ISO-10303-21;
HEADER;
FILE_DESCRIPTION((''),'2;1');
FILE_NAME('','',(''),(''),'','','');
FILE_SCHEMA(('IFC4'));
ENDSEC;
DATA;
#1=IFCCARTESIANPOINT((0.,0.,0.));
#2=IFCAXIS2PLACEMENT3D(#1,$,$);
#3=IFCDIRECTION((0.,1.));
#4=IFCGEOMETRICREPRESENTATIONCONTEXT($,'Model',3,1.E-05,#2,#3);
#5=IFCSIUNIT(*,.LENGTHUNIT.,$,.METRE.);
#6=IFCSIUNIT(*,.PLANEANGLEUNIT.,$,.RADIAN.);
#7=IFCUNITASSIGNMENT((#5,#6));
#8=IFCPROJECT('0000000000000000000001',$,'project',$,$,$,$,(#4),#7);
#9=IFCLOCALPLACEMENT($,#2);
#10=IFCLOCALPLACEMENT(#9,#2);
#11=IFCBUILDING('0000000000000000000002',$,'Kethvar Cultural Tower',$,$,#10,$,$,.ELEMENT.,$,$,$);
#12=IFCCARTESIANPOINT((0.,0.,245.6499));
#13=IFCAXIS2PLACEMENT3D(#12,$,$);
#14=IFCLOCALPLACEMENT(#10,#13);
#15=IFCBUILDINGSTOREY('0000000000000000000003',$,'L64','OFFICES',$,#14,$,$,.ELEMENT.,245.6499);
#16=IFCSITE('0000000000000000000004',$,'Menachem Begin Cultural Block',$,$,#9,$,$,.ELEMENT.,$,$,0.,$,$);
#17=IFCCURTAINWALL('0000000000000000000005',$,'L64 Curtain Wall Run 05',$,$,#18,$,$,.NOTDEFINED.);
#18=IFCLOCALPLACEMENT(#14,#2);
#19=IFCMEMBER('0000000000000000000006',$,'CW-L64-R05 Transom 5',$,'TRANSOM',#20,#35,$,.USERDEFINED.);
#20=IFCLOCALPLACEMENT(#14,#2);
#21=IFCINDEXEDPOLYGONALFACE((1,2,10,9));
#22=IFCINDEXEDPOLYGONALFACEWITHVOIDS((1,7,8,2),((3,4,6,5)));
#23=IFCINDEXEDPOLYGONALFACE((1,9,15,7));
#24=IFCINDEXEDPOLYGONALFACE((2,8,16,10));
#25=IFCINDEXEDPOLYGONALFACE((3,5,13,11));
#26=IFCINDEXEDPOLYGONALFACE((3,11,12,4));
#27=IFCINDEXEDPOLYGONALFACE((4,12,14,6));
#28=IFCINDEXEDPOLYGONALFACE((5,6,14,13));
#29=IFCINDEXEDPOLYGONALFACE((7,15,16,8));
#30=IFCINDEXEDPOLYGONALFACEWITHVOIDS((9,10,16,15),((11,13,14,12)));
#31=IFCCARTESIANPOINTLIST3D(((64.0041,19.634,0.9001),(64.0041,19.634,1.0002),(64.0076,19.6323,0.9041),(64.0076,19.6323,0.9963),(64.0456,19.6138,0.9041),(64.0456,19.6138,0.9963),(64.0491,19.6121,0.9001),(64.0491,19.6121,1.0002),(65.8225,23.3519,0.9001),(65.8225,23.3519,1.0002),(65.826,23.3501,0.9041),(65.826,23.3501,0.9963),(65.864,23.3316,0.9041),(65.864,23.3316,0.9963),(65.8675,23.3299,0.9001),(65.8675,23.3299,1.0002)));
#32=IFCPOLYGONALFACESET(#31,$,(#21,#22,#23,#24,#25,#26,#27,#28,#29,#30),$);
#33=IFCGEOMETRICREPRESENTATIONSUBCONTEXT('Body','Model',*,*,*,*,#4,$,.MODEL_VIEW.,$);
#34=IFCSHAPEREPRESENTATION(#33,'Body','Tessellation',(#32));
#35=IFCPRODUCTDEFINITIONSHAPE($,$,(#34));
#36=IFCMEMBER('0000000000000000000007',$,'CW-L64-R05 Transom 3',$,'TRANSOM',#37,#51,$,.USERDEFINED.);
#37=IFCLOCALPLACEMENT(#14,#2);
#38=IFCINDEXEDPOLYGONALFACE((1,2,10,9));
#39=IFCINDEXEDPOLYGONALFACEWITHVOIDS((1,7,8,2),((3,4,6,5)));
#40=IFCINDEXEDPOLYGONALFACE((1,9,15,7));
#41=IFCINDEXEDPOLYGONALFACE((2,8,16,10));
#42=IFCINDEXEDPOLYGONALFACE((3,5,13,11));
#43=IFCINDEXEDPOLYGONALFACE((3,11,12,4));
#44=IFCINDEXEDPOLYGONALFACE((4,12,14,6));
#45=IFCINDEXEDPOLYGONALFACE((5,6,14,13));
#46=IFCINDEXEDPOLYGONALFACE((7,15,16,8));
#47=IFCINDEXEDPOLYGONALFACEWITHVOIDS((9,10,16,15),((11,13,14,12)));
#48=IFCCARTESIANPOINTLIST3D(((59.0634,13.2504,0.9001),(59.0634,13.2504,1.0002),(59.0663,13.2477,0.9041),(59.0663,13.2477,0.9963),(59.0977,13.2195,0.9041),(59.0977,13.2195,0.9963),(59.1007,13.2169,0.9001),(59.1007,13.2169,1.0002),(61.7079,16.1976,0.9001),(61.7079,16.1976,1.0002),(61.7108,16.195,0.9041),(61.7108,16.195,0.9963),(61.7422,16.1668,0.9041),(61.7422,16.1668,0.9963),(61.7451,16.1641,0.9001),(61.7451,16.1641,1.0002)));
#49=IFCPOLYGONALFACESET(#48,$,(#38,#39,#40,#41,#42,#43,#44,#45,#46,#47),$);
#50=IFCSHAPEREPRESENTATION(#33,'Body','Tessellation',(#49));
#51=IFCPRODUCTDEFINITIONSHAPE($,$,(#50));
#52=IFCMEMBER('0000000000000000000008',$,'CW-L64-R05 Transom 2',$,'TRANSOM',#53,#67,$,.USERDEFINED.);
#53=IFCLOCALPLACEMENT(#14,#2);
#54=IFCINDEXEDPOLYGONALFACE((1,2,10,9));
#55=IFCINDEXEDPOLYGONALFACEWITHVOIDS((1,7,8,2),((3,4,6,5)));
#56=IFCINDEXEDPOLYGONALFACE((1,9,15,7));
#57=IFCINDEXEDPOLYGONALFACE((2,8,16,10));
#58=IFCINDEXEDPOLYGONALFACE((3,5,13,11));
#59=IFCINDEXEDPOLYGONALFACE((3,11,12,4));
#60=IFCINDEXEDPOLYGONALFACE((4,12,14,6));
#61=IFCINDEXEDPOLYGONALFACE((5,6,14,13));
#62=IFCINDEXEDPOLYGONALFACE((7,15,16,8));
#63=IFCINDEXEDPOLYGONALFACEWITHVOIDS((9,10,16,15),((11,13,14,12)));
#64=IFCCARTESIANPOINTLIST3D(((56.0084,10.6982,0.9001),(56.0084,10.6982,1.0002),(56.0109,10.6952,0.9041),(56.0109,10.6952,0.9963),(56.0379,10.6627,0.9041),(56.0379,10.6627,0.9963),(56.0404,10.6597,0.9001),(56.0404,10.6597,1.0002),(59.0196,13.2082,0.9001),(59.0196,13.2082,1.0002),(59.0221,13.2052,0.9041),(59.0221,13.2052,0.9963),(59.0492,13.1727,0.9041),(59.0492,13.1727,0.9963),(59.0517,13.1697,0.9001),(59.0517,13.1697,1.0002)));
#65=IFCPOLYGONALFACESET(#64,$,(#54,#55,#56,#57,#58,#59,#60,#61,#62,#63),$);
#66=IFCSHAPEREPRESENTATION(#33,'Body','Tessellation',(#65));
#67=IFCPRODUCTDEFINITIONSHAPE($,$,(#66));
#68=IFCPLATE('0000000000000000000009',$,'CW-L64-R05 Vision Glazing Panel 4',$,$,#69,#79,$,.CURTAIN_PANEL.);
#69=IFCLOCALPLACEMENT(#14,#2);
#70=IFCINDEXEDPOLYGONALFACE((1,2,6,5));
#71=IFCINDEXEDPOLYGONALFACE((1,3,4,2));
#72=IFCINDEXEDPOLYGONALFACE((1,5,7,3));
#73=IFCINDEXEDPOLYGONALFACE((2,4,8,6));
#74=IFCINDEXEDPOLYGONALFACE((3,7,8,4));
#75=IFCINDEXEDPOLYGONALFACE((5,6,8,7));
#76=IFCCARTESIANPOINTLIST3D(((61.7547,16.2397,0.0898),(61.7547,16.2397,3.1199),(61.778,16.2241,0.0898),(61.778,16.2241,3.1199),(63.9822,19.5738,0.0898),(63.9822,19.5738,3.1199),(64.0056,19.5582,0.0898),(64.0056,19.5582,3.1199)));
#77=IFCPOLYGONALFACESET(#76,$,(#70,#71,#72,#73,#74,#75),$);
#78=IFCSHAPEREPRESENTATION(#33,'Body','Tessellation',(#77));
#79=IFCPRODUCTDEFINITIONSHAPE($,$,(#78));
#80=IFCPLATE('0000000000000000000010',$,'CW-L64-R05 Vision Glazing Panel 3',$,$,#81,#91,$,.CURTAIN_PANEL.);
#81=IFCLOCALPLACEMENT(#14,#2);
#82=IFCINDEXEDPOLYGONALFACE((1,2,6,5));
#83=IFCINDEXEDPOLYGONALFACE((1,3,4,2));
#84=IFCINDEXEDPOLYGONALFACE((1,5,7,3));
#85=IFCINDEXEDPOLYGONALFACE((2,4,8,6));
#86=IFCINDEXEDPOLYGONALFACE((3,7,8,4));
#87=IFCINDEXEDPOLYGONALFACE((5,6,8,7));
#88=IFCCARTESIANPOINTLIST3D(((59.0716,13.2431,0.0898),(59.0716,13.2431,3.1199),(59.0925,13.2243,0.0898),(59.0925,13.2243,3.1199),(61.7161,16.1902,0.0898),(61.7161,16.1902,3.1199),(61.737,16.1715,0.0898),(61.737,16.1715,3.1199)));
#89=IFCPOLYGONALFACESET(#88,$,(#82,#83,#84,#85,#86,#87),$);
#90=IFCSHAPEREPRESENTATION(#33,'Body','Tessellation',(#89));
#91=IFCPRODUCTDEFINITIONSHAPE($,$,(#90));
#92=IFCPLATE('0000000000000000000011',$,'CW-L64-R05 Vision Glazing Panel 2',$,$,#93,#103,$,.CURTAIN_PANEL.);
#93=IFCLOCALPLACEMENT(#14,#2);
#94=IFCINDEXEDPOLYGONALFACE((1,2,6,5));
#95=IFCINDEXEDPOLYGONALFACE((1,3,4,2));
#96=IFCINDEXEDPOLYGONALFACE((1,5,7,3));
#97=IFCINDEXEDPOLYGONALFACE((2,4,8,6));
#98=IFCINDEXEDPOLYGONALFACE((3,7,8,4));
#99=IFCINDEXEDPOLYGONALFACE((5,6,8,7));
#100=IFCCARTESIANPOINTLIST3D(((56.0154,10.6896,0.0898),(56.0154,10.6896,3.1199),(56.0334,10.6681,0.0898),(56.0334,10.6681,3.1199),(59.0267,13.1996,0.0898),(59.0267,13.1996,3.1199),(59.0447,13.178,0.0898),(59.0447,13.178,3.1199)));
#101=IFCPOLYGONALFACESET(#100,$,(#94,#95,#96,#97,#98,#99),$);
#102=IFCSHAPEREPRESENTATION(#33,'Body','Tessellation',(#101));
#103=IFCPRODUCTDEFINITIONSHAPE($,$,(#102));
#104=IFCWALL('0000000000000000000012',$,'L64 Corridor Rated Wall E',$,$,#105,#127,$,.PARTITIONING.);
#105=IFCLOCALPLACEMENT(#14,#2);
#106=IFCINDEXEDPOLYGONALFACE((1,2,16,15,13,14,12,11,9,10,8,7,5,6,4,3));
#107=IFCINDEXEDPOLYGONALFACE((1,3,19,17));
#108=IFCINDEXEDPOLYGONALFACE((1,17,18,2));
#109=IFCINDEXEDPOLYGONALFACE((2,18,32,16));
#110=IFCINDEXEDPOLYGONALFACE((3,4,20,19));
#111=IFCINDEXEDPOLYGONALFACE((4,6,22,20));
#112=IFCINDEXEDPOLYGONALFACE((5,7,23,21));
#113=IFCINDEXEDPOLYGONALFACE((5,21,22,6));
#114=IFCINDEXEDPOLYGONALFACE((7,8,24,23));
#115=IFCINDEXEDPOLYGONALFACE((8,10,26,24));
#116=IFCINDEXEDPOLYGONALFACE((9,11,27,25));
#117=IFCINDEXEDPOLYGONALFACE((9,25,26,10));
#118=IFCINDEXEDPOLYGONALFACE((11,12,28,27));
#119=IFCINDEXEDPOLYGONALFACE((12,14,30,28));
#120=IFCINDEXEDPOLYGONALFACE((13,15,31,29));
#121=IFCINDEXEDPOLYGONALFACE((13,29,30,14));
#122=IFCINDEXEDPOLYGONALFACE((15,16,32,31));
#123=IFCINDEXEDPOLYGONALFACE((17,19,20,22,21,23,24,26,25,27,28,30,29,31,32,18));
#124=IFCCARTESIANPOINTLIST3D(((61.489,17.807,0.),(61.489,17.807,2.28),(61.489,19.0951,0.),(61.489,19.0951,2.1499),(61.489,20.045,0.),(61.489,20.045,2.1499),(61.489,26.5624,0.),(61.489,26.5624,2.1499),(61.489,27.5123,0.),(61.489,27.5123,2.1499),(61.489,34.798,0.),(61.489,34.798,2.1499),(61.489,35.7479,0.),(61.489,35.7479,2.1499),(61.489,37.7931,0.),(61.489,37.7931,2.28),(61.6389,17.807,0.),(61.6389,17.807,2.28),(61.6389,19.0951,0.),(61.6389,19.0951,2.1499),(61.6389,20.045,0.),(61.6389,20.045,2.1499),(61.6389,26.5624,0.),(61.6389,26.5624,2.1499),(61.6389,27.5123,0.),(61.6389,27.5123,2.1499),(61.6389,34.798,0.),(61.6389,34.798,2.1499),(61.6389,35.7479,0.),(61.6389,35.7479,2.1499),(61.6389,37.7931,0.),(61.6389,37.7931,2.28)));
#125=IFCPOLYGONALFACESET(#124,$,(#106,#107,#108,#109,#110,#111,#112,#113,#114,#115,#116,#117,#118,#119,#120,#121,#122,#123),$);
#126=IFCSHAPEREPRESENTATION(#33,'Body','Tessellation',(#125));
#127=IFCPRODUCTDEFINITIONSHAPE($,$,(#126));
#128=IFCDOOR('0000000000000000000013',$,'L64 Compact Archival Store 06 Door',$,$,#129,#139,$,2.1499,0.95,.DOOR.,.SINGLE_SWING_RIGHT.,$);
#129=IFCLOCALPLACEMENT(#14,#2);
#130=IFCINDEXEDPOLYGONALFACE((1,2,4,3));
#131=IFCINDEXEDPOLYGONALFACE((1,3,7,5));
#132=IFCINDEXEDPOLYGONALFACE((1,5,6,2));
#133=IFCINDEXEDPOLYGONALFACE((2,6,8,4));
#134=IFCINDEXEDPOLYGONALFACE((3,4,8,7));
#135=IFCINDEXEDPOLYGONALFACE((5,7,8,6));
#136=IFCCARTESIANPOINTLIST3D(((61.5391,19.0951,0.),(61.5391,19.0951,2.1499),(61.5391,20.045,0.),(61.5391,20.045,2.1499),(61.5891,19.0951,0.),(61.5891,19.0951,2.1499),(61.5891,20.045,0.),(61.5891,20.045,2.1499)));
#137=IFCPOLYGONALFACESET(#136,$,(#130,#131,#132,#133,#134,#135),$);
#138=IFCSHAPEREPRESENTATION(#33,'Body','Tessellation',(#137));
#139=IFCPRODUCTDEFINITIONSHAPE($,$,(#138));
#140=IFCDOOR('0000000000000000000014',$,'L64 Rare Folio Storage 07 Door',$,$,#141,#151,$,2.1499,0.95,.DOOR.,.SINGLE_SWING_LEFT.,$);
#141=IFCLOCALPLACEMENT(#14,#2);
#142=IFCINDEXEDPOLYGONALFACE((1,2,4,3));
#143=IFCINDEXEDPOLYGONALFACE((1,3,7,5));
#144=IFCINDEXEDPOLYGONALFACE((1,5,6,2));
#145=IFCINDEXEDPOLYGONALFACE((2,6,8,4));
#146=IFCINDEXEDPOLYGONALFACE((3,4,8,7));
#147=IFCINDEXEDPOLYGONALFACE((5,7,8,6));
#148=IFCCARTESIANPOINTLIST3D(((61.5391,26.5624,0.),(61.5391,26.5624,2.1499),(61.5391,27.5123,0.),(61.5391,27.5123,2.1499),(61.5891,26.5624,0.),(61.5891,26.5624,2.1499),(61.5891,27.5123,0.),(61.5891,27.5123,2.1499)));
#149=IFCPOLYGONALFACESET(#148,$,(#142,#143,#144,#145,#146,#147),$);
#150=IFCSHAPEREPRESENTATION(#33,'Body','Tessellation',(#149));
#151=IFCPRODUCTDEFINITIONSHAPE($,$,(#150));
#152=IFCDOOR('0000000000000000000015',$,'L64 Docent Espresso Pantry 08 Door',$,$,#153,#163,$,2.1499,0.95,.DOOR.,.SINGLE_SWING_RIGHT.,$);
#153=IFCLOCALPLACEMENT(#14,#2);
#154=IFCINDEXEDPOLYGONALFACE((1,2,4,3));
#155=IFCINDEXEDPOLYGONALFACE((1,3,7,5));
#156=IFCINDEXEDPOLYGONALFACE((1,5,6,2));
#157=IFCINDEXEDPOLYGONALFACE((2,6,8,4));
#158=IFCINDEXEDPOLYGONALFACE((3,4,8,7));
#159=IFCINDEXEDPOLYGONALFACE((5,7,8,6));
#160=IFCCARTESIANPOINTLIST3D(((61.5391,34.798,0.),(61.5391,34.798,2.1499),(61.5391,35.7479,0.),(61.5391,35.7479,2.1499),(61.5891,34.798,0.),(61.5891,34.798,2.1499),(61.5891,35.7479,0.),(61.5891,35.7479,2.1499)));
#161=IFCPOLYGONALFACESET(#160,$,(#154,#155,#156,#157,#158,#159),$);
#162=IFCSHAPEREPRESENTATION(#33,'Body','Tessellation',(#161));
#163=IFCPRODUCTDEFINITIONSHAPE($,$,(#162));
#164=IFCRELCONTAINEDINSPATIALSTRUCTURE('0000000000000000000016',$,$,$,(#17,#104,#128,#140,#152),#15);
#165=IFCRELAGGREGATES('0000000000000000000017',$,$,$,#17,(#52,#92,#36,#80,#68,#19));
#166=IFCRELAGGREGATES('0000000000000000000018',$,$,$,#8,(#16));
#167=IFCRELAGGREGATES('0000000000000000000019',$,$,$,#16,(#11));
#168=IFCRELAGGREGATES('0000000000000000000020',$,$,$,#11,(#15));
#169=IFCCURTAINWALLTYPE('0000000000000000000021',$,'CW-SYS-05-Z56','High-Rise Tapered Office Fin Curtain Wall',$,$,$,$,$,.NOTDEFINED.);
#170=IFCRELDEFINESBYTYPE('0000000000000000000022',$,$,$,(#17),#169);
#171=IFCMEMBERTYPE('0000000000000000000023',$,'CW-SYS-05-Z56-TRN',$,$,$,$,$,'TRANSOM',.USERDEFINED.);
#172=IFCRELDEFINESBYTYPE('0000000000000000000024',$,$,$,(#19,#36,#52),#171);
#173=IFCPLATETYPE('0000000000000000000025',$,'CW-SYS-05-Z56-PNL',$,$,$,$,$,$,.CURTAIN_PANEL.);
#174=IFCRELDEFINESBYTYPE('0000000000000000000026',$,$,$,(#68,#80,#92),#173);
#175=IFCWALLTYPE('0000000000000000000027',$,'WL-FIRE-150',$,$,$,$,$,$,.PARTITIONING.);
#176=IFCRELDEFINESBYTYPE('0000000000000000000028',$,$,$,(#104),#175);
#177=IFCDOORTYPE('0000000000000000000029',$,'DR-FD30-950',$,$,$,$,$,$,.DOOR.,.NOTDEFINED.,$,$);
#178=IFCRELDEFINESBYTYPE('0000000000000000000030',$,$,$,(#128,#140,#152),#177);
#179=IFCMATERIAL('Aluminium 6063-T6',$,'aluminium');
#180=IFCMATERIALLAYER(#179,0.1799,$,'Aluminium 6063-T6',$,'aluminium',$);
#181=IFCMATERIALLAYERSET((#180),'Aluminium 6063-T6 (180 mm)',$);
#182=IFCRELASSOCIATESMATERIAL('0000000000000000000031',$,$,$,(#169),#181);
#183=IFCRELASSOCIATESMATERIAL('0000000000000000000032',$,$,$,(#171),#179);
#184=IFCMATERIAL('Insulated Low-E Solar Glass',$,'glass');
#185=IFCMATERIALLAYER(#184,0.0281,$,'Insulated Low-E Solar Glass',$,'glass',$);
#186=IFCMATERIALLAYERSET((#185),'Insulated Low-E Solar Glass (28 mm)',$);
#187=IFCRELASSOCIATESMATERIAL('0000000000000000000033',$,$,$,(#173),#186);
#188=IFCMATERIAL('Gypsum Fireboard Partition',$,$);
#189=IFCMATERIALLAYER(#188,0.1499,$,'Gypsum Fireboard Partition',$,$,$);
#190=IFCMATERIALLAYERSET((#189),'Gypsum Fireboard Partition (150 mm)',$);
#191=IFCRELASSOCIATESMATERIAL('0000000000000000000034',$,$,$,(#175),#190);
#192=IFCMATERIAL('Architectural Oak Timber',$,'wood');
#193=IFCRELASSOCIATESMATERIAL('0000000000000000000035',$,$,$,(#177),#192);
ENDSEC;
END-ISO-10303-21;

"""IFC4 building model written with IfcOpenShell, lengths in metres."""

from ifc_helpers import new_model, si_unit, direction, frame, frame_2d, origin, origin_2d, place, context, subcontext, project, spatial, rectangle, hollow_rectangle, extrude, source, transform, mapped, material, layer, layer_set, material_profile, profile_set, type_object, element, fill, aggregate, save


model = new_model("IFC4")

# Units and contexts
model_context = context("Model", 3, precision=1e-05, world=origin(), true_north=direction((0.0, 1.0)))
body_context = subcontext(model_context, "Body", "Model", "MODEL_VIEW")
ifc_project = project(units=[si_unit("LENGTHUNIT", "METRE"), si_unit("PLANEANGLEUNIT", "RADIAN")], contexts=[model_context])

# Site, building, storey
site_placement = place(None, origin())
site = spatial("IfcSite", under=ifc_project, at=site_placement, Name="Menachem Begin Cultural Block", CompositionType="ELEMENT", RefElevation=0.0)
building_placement = place(site_placement, origin())
building = spatial("IfcBuilding", under=site, at=building_placement, Name="Kethvar Cultural Tower", CompositionType="ELEMENT")
storey_placement = place(building_placement, frame((0.0, 0.0, 245.6499)))
storey = spatial("IfcBuildingStorey", under=building, at=storey_placement, Name="L64", Description="OFFICES", CompositionType="ELEMENT", Elevation=245.6499)

# Curtain wall, members, plates
ifc_material_1 = material(Name="Aluminium 6063-T6", Category="aluminium")
ifc_layer_1 = layer(ifc_material_1, 0.1799, Name="Aluminium 6063-T6", Category="aluminium")
ifc_layer_set_1 = layer_set([ifc_layer_1], Name="Aluminium 6063-T6 (180 mm)")
curtain_wall_type = type_object("IfcCurtainWallType", Name="CW-SYS-05-Z56", Description="High-Rise Tapered Office Fin Curtain Wall", PredefinedType="NOTDEFINED", material=ifc_layer_set_1)
curtain_wall_placement = place(storey_placement, origin())
curtain_wall = element("IfcCurtainWall", 1, at=curtain_wall_placement, inside=storey, type_object=curtain_wall_type, Name="L64 Curtain Wall Run 05", PredefinedType="NOTDEFINED")
ifc_material_profile_1 = material_profile(ifc_material_1, hollow_rectangle(XDim=0.05, YDim=0.1001, WallThickness=0.0039, at=origin_2d()), Name="Aluminium 6063-T6 — RHS100x50x4")
ifc_profile_set_1 = profile_set([ifc_material_profile_1], Name="Aluminium 6063-T6 — RHS100x50x4")
member_type_1 = type_object("IfcMemberType", Name="CW-SYS-05-Z56-TRN", ElementType="TRANSOM", PredefinedType="USERDEFINED", material=ifc_profile_set_1)
shared_shape_1 = source(origin(), body_context, "Body", "SweptSolid", [
    extrude(hollow_rectangle(XDim=0.05, YDim=0.1001, WallThickness=0.0039, at=origin_2d()), origin(), (0.0, 0.0, 1.0), 4.1387),
])
member_1_placement = place(storey_placement, frame((64.0266, 19.623, 0.9502), z_axis=(0.439362, 0.89831, 0.0), x_axis=(-0.89831, 0.439362, 0.0)))
member_1 = element("IfcMember", 2, at=member_1_placement, type_object=member_type_1, Name="CW-L64-R05 Transom 5", ObjectType="TRANSOM", PredefinedType="USERDEFINED", context=body_context, shape_type="MappedRepresentation", body=[
    mapped(shared_shape_1, transform((0.0, 0.0, 0.0), scale=1.0)),
])
shared_shape_2 = source(origin(), body_context, "Body", "SweptSolid", [
    extrude(hollow_rectangle(XDim=0.05, YDim=0.1001, WallThickness=0.0039, at=origin_2d()), origin(), (0.0, 0.0, 1.0), 3.9597),
])
member_2_placement = place(storey_placement, frame((59.082, 13.2336, 0.9502), z_axis=(0.667847, 0.744299, 0.0), x_axis=(-0.744299, 0.667847, 0.0)))
member_2 = element("IfcMember", 3, at=member_2_placement, type_object=member_type_1, Name="CW-L64-R05 Transom 3", ObjectType="TRANSOM", PredefinedType="USERDEFINED", context=body_context, shape_type="MappedRepresentation", body=[
    mapped(shared_shape_2, transform((0.0, 0.0, 0.0), scale=1.0)),
])
shared_shape_3 = source(origin(), body_context, "Body", "SweptSolid", [
    extrude(hollow_rectangle(XDim=0.05, YDim=0.1001, WallThickness=0.0039, at=origin_2d()), origin(), (0.0, 0.0, 1.0), 3.9202),
])
member_3_placement = place(storey_placement, frame((56.0244, 10.679, 0.9502), z_axis=(0.76814, 0.640282, 0.0), x_axis=(-0.640282, 0.76814, 0.0)))
member_3 = element("IfcMember", 4, at=member_3_placement, type_object=member_type_1, Name="CW-L64-R05 Transom 2", ObjectType="TRANSOM", PredefinedType="USERDEFINED", context=body_context, shape_type="MappedRepresentation", body=[
    mapped(shared_shape_3, transform((0.0, 0.0, 0.0), scale=1.0)),
])
ifc_material_2 = material(Name="Insulated Low-E Solar Glass", Category="glass")
ifc_layer_2 = layer(ifc_material_2, 0.0281, Name="Insulated Low-E Solar Glass", Category="glass")
ifc_layer_set_2 = layer_set([ifc_layer_2], Name="Insulated Low-E Solar Glass (28 mm)")
plate_type = type_object("IfcPlateType", Name="CW-SYS-05-Z56-PNL", PredefinedType="CURTAIN_PANEL", material=ifc_layer_set_2)
shared_shape_4 = source(origin(), body_context, "Body", "SweptSolid", [
    extrude(rectangle(XDim=4.0098, YDim=0.0281, at=origin_2d()), origin(), (0.0, 0.0, 1.0), 3.03),
])
plate_1_placement = place(storey_placement, frame((62.8801, 17.8989, 0.0898), z_axis=(0.0, 0.0, 1.0), x_axis=(0.555541, 0.831489, 0.0)))
plate_1 = element("IfcPlate", 5, at=plate_1_placement, type_object=plate_type, Name="CW-L64-R05 Vision Glazing Panel 4", PredefinedType="CURTAIN_PANEL", context=body_context, shape_type="MappedRepresentation", body=[
    mapped(shared_shape_4, transform((0.0, 0.0, 0.0), scale=1.0)),
])
shared_shape_5 = source(origin(), body_context, "Body", "SweptSolid", [
    extrude(rectangle(XDim=3.9597, YDim=0.0281, at=origin_2d()), origin(), (0.0, 0.0, 1.0), 3.03),
])
plate_2_placement = place(storey_placement, frame((60.4043, 14.7073, 0.0898), z_axis=(0.0, 0.0, 1.0), x_axis=(0.667872, 0.744277, 0.0)))
plate_2 = element("IfcPlate", 6, at=plate_2_placement, type_object=plate_type, Name="CW-L64-R05 Vision Glazing Panel 3", PredefinedType="CURTAIN_PANEL", context=body_context, shape_type="MappedRepresentation", body=[
    mapped(shared_shape_5, transform((0.0, 0.0, 0.0), scale=1.0)),
])
shared_shape_6 = source(origin(), body_context, "Body", "SweptSolid", [
    extrude(rectangle(XDim=3.9202, YDim=0.0281, at=origin_2d()), origin(), (0.0, 0.0, 1.0), 3.03),
])
plate_3_placement = place(storey_placement, frame((57.53, 11.9338, 0.0898), z_axis=(0.0, 0.0, 1.0), x_axis=(0.768149, 0.640271, 0.0)))
plate_3 = element("IfcPlate", 7, at=plate_3_placement, type_object=plate_type, Name="CW-L64-R05 Vision Glazing Panel 2", PredefinedType="CURTAIN_PANEL", context=body_context, shape_type="MappedRepresentation", body=[
    mapped(shared_shape_6, transform((0.0, 0.0, 0.0), scale=1.0)),
])
aggregate(curtain_wall, [member_3, plate_3, member_2, plate_2, plate_1, member_1])

# Wall, openings, doors
ifc_material_3 = material(Name="Gypsum Fireboard Partition")
ifc_layer_3 = layer(ifc_material_3, 0.1499, Name="Gypsum Fireboard Partition")
ifc_layer_set_3 = layer_set([ifc_layer_3], Name="Gypsum Fireboard Partition (150 mm)")
wall_type_1 = type_object("IfcWallType", Name="WL-FIRE-150", PredefinedType="PARTITIONING", material=ifc_layer_set_3)
wall_1_placement = place(storey_placement, frame((61.564, 17.8069, 0.0), z_axis=(0.0, 0.0, 1.0), x_axis=(0.0, 1.0, 0.0)))
wall_1 = element("IfcWall", 8, at=wall_1_placement, inside=storey, type_object=wall_type_1, Name="L64 Corridor Rated Wall E", PredefinedType="PARTITIONING", context=body_context, shape_type="SweptSolid", body=[
    extrude(rectangle(XDim=19.9861, YDim=0.1499, at=frame_2d((9.9932, 0.0))), origin(), (0.0, 0.0, 1.0), 2.28),
])
opening_1_placement = place(wall_1_placement, frame((1.2881, 0.0, 0.0)))
opening_1 = element("IfcOpeningElement", 9, at=opening_1_placement, cuts=wall_1, PredefinedType="OPENING", context=body_context, shape_type="SweptSolid", body=[
    extrude(rectangle(XDim=0.95, YDim=2.1499, at=frame_2d((0.4751, 1.075))), frame((0.0, 0.085, 0.0), z_axis=(0.0, -1.0, 0.0), x_axis=(1.0, 0.0, 0.0)), (0.0, 0.0, 1.0), 0.1699),
])
opening_2_placement = place(wall_1_placement, frame((8.7554, 0.0, 0.0)))
opening_2 = element("IfcOpeningElement", 10, at=opening_2_placement, cuts=wall_1, PredefinedType="OPENING", context=body_context, shape_type="SweptSolid", body=[
    extrude(rectangle(XDim=0.95, YDim=2.1499, at=frame_2d((0.4751, 1.075))), frame((0.0, 0.085, 0.0), z_axis=(0.0, -1.0, 0.0), x_axis=(1.0, 0.0, 0.0)), (0.0, 0.0, 1.0), 0.1699),
])
opening_3_placement = place(wall_1_placement, frame((16.991, 0.0, 0.0)))
opening_3 = element("IfcOpeningElement", 11, at=opening_3_placement, cuts=wall_1, PredefinedType="OPENING", context=body_context, shape_type="SweptSolid", body=[
    extrude(rectangle(XDim=0.95, YDim=2.1499, at=frame_2d((0.4751, 1.075))), frame((0.0, 0.085, 0.0), z_axis=(0.0, -1.0, 0.0), x_axis=(1.0, 0.0, 0.0)), (0.0, 0.0, 1.0), 0.1699),
])
ifc_material_4 = material(Name="Architectural Oak Timber", Category="wood")
door_type = type_object("IfcDoorType", Name="DR-FD30-950", OperationType="NOTDEFINED", PredefinedType="DOOR", material=ifc_material_4)
shared_shape_7 = source(origin(), body_context, "Body", "SweptSolid", [
    extrude(rectangle(XDim=0.95, YDim=2.1499, at=frame_2d((0.4751, 1.075))), frame((0.0, 0.0249, 0.0), z_axis=(0.0, -1.0, 0.0), x_axis=(1.0, 0.0, 0.0)), (0.0, 0.0, 1.0), 0.05),
])
door_1_placement = place(opening_1_placement, origin())
door_1 = element("IfcDoor", 12, at=door_1_placement, inside=storey, type_object=door_type, Name="L64 Compact Archival Store 06 Door", OperationType="SINGLE_SWING_RIGHT", OverallHeight=2.1499, OverallWidth=0.95, PredefinedType="DOOR", context=body_context, shape_type="MappedRepresentation", body=[
    mapped(shared_shape_7, transform((0.0, 0.0, 0.0), scale=1.0)),
])
fill(opening_1, door_1)
door_2_placement = place(opening_2_placement, origin())
door_2 = element("IfcDoor", 13, at=door_2_placement, inside=storey, type_object=door_type, Name="L64 Rare Folio Storage 07 Door", OperationType="SINGLE_SWING_LEFT", OverallHeight=2.1499, OverallWidth=0.95, PredefinedType="DOOR", context=body_context, shape_type="MappedRepresentation", body=[
    mapped(shared_shape_7, transform((0.0, 0.0, 0.0), scale=1.0)),
])
fill(opening_2, door_2)
door_3_placement = place(opening_3_placement, origin())
door_3 = element("IfcDoor", 14, at=door_3_placement, inside=storey, type_object=door_type, Name="L64 Docent Espresso Pantry 08 Door", OperationType="SINGLE_SWING_RIGHT", OverallHeight=2.1499, OverallWidth=0.95, PredefinedType="DOOR", context=body_context, shape_type="MappedRepresentation", body=[
    mapped(shared_shape_7, transform((0.0, 0.0, 0.0), scale=1.0)),
])
fill(opening_3, door_3)

save(model, "model.ifc")
